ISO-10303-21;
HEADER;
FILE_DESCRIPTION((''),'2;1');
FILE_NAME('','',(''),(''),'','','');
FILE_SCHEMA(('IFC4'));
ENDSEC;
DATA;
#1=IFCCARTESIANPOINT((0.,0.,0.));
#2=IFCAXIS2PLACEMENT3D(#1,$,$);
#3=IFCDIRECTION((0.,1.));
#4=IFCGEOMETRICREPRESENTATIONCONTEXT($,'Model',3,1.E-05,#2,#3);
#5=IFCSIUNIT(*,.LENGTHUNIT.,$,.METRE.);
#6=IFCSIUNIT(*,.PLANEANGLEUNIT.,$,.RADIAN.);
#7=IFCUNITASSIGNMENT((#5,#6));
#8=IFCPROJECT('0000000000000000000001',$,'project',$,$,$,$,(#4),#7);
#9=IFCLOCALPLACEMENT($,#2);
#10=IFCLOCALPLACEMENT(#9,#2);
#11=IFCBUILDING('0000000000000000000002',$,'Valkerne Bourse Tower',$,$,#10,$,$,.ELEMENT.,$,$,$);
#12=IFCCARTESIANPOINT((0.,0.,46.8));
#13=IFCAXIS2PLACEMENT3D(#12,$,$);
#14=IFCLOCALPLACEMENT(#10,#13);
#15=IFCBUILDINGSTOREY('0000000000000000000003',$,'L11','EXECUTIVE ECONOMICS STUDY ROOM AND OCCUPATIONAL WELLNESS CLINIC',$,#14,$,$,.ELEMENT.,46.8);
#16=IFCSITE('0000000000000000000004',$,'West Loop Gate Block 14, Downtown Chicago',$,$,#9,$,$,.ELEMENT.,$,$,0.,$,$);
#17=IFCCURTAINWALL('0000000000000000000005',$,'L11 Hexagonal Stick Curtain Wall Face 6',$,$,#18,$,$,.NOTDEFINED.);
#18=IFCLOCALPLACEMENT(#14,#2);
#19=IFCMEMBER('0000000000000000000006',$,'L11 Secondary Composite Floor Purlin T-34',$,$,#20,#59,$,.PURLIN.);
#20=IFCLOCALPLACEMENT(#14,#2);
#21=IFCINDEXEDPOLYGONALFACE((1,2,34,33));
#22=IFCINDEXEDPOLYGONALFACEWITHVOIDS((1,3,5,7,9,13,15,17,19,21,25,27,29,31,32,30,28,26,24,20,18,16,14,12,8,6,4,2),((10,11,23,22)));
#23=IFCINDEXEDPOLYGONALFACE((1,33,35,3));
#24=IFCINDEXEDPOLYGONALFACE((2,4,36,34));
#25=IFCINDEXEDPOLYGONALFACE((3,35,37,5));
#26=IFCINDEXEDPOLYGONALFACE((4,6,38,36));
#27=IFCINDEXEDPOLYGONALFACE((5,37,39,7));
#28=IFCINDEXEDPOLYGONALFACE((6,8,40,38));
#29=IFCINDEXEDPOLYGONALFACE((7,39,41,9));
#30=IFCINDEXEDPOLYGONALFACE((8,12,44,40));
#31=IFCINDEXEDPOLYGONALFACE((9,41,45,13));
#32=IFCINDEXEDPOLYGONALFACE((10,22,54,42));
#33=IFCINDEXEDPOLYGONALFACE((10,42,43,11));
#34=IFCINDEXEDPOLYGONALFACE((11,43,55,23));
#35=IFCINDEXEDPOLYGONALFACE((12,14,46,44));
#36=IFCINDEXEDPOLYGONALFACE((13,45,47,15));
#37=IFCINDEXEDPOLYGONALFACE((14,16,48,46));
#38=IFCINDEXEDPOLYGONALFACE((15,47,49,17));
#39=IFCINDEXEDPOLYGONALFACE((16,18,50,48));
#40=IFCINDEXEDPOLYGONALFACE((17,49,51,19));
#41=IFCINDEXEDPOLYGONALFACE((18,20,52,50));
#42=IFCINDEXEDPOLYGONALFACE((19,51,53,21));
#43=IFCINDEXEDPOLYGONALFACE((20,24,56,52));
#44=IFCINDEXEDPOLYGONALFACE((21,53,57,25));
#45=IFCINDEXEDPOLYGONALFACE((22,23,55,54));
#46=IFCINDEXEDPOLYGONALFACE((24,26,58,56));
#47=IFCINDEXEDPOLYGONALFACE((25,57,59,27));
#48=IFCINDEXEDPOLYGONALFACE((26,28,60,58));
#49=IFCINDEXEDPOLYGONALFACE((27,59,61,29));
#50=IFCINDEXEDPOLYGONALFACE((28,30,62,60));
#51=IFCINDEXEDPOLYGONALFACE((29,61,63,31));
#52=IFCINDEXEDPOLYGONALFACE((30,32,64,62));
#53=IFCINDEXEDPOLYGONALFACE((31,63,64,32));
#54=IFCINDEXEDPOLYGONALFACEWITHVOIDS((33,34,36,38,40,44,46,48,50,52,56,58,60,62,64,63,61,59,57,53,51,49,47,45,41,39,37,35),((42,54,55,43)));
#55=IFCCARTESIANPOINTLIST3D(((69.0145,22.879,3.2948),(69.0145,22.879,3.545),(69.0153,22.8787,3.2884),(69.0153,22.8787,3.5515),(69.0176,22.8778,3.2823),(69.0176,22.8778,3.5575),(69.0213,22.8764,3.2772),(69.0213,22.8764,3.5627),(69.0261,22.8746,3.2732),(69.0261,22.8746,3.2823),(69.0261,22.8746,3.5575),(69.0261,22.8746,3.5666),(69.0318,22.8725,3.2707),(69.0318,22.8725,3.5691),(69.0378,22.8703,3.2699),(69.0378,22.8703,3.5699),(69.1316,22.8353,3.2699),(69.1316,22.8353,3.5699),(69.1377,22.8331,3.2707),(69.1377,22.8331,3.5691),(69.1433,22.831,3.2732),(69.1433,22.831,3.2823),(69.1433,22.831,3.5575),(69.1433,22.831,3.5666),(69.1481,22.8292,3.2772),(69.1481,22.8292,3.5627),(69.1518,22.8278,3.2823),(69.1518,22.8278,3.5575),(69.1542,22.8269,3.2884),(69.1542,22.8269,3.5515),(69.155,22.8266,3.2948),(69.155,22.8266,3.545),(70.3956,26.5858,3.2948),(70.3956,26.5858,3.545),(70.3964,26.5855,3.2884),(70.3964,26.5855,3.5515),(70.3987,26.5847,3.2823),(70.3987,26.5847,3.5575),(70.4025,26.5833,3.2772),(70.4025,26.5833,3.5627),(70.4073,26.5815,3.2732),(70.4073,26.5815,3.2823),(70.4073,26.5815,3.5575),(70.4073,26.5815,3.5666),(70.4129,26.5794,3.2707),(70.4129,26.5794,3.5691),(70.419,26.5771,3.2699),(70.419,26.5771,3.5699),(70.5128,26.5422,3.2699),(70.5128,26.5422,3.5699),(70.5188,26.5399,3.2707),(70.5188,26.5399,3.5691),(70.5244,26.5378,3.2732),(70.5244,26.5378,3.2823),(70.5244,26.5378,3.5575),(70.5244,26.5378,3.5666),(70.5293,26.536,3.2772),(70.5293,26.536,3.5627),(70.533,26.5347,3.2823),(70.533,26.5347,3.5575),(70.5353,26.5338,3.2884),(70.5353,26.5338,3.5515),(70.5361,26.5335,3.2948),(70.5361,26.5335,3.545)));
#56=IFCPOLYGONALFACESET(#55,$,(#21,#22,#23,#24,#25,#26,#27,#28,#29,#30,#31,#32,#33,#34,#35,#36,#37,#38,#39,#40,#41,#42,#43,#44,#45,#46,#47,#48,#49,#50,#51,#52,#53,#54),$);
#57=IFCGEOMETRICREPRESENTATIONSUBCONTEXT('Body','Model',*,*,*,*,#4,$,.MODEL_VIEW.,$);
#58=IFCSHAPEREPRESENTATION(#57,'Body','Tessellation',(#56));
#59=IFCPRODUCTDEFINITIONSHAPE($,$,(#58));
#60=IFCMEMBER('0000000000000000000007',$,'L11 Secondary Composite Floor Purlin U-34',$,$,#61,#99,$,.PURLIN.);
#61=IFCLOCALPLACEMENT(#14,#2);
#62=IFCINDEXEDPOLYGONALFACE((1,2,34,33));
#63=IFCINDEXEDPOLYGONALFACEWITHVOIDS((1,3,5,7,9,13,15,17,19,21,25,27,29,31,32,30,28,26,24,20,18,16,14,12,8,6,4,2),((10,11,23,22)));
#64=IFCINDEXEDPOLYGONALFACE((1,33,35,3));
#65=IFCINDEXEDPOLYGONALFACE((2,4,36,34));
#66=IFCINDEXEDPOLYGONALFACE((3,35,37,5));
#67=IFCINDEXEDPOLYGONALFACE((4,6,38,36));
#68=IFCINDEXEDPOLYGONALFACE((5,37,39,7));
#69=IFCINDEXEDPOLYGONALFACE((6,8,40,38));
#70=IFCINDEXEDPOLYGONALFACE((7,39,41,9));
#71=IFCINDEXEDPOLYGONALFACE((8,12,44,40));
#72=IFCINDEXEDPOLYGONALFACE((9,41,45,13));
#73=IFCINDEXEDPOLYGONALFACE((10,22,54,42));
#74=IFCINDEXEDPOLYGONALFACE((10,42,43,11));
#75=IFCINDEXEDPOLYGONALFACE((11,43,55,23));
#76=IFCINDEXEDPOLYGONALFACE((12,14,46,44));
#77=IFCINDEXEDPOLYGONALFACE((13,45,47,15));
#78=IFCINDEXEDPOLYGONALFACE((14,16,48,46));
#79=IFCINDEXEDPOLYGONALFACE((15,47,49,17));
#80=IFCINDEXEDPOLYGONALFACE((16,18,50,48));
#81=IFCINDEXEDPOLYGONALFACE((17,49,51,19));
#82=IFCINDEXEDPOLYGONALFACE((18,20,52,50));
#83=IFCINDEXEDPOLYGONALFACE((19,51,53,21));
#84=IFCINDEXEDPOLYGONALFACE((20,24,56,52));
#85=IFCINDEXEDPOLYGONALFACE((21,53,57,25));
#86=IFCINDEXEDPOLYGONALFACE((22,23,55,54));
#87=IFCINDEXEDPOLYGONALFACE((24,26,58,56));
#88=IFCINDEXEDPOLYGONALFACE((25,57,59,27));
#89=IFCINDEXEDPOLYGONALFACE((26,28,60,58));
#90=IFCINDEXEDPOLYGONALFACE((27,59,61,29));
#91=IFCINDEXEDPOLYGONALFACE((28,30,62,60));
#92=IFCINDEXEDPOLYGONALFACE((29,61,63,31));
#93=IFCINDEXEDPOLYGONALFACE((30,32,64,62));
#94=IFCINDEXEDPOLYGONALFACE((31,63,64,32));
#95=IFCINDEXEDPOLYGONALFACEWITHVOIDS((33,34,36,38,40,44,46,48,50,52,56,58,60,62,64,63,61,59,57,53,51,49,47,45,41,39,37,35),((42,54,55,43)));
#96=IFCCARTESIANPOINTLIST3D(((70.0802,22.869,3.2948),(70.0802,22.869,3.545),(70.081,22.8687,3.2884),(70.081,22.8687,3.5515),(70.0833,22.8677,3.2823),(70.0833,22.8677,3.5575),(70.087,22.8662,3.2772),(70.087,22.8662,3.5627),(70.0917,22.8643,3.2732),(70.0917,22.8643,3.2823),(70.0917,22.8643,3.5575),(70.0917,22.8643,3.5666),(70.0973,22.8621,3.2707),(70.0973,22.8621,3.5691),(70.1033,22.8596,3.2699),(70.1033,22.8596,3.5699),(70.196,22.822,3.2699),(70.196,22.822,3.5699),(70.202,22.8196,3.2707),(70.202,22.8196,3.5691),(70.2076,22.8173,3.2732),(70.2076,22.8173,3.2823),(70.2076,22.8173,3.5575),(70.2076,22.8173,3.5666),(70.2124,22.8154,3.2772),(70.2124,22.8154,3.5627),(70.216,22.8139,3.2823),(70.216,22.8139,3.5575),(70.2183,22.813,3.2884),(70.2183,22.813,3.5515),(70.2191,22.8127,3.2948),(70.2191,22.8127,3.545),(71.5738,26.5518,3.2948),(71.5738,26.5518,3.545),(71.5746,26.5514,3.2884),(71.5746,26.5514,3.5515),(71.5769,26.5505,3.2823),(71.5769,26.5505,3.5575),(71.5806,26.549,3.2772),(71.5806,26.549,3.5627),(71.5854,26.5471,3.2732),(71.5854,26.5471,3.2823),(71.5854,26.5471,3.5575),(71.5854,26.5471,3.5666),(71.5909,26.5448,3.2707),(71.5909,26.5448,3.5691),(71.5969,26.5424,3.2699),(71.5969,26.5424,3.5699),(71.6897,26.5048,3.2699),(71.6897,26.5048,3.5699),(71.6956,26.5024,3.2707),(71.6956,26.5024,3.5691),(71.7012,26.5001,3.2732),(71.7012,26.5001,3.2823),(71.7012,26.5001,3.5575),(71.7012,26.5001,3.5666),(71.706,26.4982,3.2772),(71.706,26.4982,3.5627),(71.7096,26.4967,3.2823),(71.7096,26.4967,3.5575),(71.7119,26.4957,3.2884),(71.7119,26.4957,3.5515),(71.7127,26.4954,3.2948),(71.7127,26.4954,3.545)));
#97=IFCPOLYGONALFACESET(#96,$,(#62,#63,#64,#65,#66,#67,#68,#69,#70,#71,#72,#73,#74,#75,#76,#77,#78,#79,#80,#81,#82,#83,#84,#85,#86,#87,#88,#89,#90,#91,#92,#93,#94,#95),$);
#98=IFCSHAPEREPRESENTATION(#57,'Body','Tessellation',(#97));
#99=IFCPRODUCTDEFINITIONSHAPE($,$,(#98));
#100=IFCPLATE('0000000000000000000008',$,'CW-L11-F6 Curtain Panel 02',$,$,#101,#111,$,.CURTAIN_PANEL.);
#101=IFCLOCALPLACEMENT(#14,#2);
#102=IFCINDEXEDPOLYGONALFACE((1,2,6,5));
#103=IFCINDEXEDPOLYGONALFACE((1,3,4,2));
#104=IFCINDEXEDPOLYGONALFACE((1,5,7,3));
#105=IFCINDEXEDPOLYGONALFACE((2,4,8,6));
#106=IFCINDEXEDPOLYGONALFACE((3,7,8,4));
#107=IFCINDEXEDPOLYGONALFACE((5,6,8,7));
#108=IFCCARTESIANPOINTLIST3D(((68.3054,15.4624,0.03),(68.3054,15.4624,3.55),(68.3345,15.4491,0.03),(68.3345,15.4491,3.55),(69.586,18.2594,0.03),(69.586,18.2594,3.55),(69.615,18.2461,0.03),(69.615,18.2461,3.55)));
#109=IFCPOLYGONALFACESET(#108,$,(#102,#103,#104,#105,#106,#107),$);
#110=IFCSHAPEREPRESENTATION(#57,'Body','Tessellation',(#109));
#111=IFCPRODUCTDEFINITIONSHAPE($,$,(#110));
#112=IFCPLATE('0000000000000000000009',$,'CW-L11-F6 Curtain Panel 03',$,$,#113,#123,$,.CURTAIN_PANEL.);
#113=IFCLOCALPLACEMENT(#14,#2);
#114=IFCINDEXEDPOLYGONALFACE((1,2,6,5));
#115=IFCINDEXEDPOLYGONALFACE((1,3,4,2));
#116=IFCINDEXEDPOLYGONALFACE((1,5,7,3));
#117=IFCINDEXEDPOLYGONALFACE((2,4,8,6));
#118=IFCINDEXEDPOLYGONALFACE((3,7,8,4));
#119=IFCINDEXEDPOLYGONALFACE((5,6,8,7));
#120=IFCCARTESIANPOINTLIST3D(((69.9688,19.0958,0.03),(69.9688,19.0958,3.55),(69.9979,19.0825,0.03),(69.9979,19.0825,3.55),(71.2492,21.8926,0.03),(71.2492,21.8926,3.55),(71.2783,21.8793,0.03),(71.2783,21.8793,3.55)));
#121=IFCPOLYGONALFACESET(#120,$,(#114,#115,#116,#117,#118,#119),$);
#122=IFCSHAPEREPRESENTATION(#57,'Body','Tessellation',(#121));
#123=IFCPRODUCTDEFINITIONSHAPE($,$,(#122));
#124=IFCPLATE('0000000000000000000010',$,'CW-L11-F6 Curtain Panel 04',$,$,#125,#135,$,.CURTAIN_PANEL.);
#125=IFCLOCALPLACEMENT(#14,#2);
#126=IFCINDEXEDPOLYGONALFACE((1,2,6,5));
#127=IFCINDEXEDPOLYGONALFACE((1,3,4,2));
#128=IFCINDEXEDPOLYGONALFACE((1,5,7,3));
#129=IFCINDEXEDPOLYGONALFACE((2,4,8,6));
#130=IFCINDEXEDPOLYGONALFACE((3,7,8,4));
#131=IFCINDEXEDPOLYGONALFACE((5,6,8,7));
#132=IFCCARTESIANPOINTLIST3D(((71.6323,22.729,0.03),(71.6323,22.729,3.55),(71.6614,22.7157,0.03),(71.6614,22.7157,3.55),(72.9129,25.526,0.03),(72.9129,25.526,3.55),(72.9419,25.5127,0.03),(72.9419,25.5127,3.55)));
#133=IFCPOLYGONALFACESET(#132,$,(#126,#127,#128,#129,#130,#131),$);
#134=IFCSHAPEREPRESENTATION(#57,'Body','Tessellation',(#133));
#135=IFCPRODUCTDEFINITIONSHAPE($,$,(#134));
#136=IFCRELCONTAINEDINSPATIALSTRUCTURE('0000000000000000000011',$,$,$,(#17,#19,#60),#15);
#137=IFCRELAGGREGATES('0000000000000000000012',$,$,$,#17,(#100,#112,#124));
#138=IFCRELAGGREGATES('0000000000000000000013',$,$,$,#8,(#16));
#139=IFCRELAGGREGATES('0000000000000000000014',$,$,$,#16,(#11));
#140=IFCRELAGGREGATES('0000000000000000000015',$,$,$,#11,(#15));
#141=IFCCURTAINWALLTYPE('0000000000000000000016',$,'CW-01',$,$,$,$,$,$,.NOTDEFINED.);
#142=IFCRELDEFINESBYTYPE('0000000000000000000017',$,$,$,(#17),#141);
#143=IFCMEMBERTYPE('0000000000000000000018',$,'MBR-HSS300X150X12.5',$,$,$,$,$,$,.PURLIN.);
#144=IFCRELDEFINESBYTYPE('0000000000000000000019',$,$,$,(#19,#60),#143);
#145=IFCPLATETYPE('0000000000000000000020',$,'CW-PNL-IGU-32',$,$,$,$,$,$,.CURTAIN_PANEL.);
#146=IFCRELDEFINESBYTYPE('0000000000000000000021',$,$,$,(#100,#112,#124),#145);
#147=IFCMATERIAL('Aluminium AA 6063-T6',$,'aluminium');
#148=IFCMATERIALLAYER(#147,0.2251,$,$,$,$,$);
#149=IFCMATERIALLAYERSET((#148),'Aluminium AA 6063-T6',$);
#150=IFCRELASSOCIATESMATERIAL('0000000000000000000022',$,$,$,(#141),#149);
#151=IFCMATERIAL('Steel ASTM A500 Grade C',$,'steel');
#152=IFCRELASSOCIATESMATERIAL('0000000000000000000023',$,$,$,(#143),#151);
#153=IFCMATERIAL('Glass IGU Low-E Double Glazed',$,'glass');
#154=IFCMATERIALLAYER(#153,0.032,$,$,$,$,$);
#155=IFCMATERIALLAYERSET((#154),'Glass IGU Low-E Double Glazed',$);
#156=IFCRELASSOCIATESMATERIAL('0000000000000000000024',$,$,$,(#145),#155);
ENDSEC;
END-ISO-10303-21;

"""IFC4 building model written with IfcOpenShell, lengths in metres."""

from ifc_helpers import new_model, si_unit, direction, frame, origin, origin_2d, place, context, subcontext, project, spatial, rectangle, hollow_rectangle, extrude, material, layer, layer_set, material_profile, profile_set, type_object, element, aggregate, save


model = new_model("IFC4")

# Units and contexts
model_context = context("Model", 3, precision=1e-05, world=origin(), true_north=direction((0.0, 1.0)))
body_context = subcontext(model_context, "Body", "Model", "MODEL_VIEW")
ifc_project = project(units=[si_unit("LENGTHUNIT", "METRE"), si_unit("PLANEANGLEUNIT", "RADIAN")], contexts=[model_context])

# Site, building, storey
site_placement = place(None, origin())
site = spatial("IfcSite", under=ifc_project, at=site_placement, Name="West Loop Gate Block 14, Downtown Chicago", CompositionType="ELEMENT", RefElevation=0.0)
building_placement = place(site_placement, origin())
building = spatial("IfcBuilding", under=site, at=building_placement, Name="Valkerne Bourse Tower", CompositionType="ELEMENT")
storey_placement = place(building_placement, frame((0.0, 0.0, 46.8)))
storey = spatial("IfcBuildingStorey", under=building, at=storey_placement, Name="L11", Description="EXECUTIVE ECONOMICS STUDY ROOM AND OCCUPATIONAL WELLNESS CLINIC", CompositionType="ELEMENT", Elevation=46.8)

# Curtain wall
ifc_material_1 = material(Name="Aluminium AA 6063-T6", Category="aluminium")
ifc_layer_1 = layer(ifc_material_1, 0.2251)
ifc_layer_set_1 = layer_set([ifc_layer_1], Name="Aluminium AA 6063-T6")
curtain_wall_type = type_object("IfcCurtainWallType", Name="CW-01", PredefinedType="NOTDEFINED", material=ifc_layer_set_1)
curtain_wall_placement = place(storey_placement, origin())
curtain_wall = element("IfcCurtainWall", 1, at=curtain_wall_placement, inside=storey, type_object=curtain_wall_type, Name="L11 Hexagonal Stick Curtain Wall Face 6", PredefinedType="NOTDEFINED")

# Members
ifc_material_2 = material(Name="Steel ASTM A500 Grade C", Category="steel")
ifc_material_profile_1 = material_profile(ifc_material_2, hollow_rectangle(XDim=0.1499, YDim=0.3, WallThickness=0.0125, OuterFilletRadius=0.0249, at=origin_2d()), Name="HSS300X150X12.5")
ifc_profile_set_1 = profile_set([ifc_material_profile_1], Name="Steel ASTM A500 Grade C")
member_type_1 = type_object("IfcMemberType", Name="MBR-HSS300X150X12.5", PredefinedType="PURLIN", material=ifc_profile_set_1)
member_1_placement = place(storey_placement, frame((69.0847, 22.8528, 3.4199), z_axis=(0.349141, 0.93707, 0.0), x_axis=(-0.93707, 0.349141, 0.0)))
element("IfcMember", 2, at=member_1_placement, inside=storey, type_object=member_type_1, Name="L11 Secondary Composite Floor Purlin T-34", PredefinedType="PURLIN", context=body_context, shape_type="SweptSolid", body=[
    extrude(hollow_rectangle(XDim=0.1499, YDim=0.3, WallThickness=0.0125, OuterFilletRadius=0.0249, at=origin_2d()), origin(), (0.0, 0.0, 1.0), 3.9558),
])
member_2_placement = place(storey_placement, frame((70.1497, 22.8408, 3.4199), z_axis=(0.375835, 0.926687, 0.0), x_axis=(-0.926687, 0.375835, 0.0)))
element("IfcMember", 3, at=member_2_placement, inside=storey, type_object=member_type_1, Name="L11 Secondary Composite Floor Purlin U-34", PredefinedType="PURLIN", context=body_context, shape_type="SweptSolid", body=[
    extrude(hollow_rectangle(XDim=0.1499, YDim=0.3, WallThickness=0.0125, OuterFilletRadius=0.0249, at=origin_2d()), origin(), (0.0, 0.0, 1.0), 3.9741),
])

# Plates
ifc_material_3 = material(Name="Glass IGU Low-E Double Glazed", Category="glass")
ifc_layer_2 = layer(ifc_material_3, 0.032)
ifc_layer_set_2 = layer_set([ifc_layer_2], Name="Glass IGU Low-E Double Glazed")
plate_type = type_object("IfcPlateType", Name="CW-PNL-IGU-32", PredefinedType="CURTAIN_PANEL", material=ifc_layer_set_2)
plate_1_placement = place(storey_placement, frame((68.9602, 16.8542, 0.03), z_axis=(0.0, 0.0, 1.0), x_axis=(0.41629, 0.909232, 0.0)))
plate_1 = element("IfcPlate", 4, at=plate_1_placement, type_object=plate_type, Name="CW-L11-F6 Curtain Panel 02", PredefinedType="CURTAIN_PANEL", context=body_context, shape_type="SweptSolid", body=[
    extrude(rectangle(XDim=3.0762, YDim=0.032, at=origin_2d()), origin(), (0.0, 0.0, 1.0), 3.52),
])
plate_2_placement = place(storey_placement, frame((70.6235, 20.4875, 0.03), z_axis=(0.0, 0.0, 1.0), x_axis=(0.416269, 0.909241, 0.0)))
plate_2 = element("IfcPlate", 5, at=plate_2_placement, type_object=plate_type, Name="CW-L11-F6 Curtain Panel 03", PredefinedType="CURTAIN_PANEL", context=body_context, shape_type="SweptSolid", body=[
    extrude(rectangle(XDim=3.0759, YDim=0.032, at=origin_2d()), origin(), (0.0, 0.0, 1.0), 3.52),
])
plate_3_placement = place(storey_placement, frame((72.2871, 24.1208, 0.03), z_axis=(0.0, 0.0, 1.0), x_axis=(0.41629, 0.909232, 0.0)))
plate_3 = element("IfcPlate", 6, at=plate_3_placement, type_object=plate_type, Name="CW-L11-F6 Curtain Panel 04", PredefinedType="CURTAIN_PANEL", context=body_context, shape_type="SweptSolid", body=[
    extrude(rectangle(XDim=3.0762, YDim=0.032, at=origin_2d()), origin(), (0.0, 0.0, 1.0), 3.52),
])
aggregate(curtain_wall, [plate_1, plate_2, plate_3])

save(model, "model.ifc")
